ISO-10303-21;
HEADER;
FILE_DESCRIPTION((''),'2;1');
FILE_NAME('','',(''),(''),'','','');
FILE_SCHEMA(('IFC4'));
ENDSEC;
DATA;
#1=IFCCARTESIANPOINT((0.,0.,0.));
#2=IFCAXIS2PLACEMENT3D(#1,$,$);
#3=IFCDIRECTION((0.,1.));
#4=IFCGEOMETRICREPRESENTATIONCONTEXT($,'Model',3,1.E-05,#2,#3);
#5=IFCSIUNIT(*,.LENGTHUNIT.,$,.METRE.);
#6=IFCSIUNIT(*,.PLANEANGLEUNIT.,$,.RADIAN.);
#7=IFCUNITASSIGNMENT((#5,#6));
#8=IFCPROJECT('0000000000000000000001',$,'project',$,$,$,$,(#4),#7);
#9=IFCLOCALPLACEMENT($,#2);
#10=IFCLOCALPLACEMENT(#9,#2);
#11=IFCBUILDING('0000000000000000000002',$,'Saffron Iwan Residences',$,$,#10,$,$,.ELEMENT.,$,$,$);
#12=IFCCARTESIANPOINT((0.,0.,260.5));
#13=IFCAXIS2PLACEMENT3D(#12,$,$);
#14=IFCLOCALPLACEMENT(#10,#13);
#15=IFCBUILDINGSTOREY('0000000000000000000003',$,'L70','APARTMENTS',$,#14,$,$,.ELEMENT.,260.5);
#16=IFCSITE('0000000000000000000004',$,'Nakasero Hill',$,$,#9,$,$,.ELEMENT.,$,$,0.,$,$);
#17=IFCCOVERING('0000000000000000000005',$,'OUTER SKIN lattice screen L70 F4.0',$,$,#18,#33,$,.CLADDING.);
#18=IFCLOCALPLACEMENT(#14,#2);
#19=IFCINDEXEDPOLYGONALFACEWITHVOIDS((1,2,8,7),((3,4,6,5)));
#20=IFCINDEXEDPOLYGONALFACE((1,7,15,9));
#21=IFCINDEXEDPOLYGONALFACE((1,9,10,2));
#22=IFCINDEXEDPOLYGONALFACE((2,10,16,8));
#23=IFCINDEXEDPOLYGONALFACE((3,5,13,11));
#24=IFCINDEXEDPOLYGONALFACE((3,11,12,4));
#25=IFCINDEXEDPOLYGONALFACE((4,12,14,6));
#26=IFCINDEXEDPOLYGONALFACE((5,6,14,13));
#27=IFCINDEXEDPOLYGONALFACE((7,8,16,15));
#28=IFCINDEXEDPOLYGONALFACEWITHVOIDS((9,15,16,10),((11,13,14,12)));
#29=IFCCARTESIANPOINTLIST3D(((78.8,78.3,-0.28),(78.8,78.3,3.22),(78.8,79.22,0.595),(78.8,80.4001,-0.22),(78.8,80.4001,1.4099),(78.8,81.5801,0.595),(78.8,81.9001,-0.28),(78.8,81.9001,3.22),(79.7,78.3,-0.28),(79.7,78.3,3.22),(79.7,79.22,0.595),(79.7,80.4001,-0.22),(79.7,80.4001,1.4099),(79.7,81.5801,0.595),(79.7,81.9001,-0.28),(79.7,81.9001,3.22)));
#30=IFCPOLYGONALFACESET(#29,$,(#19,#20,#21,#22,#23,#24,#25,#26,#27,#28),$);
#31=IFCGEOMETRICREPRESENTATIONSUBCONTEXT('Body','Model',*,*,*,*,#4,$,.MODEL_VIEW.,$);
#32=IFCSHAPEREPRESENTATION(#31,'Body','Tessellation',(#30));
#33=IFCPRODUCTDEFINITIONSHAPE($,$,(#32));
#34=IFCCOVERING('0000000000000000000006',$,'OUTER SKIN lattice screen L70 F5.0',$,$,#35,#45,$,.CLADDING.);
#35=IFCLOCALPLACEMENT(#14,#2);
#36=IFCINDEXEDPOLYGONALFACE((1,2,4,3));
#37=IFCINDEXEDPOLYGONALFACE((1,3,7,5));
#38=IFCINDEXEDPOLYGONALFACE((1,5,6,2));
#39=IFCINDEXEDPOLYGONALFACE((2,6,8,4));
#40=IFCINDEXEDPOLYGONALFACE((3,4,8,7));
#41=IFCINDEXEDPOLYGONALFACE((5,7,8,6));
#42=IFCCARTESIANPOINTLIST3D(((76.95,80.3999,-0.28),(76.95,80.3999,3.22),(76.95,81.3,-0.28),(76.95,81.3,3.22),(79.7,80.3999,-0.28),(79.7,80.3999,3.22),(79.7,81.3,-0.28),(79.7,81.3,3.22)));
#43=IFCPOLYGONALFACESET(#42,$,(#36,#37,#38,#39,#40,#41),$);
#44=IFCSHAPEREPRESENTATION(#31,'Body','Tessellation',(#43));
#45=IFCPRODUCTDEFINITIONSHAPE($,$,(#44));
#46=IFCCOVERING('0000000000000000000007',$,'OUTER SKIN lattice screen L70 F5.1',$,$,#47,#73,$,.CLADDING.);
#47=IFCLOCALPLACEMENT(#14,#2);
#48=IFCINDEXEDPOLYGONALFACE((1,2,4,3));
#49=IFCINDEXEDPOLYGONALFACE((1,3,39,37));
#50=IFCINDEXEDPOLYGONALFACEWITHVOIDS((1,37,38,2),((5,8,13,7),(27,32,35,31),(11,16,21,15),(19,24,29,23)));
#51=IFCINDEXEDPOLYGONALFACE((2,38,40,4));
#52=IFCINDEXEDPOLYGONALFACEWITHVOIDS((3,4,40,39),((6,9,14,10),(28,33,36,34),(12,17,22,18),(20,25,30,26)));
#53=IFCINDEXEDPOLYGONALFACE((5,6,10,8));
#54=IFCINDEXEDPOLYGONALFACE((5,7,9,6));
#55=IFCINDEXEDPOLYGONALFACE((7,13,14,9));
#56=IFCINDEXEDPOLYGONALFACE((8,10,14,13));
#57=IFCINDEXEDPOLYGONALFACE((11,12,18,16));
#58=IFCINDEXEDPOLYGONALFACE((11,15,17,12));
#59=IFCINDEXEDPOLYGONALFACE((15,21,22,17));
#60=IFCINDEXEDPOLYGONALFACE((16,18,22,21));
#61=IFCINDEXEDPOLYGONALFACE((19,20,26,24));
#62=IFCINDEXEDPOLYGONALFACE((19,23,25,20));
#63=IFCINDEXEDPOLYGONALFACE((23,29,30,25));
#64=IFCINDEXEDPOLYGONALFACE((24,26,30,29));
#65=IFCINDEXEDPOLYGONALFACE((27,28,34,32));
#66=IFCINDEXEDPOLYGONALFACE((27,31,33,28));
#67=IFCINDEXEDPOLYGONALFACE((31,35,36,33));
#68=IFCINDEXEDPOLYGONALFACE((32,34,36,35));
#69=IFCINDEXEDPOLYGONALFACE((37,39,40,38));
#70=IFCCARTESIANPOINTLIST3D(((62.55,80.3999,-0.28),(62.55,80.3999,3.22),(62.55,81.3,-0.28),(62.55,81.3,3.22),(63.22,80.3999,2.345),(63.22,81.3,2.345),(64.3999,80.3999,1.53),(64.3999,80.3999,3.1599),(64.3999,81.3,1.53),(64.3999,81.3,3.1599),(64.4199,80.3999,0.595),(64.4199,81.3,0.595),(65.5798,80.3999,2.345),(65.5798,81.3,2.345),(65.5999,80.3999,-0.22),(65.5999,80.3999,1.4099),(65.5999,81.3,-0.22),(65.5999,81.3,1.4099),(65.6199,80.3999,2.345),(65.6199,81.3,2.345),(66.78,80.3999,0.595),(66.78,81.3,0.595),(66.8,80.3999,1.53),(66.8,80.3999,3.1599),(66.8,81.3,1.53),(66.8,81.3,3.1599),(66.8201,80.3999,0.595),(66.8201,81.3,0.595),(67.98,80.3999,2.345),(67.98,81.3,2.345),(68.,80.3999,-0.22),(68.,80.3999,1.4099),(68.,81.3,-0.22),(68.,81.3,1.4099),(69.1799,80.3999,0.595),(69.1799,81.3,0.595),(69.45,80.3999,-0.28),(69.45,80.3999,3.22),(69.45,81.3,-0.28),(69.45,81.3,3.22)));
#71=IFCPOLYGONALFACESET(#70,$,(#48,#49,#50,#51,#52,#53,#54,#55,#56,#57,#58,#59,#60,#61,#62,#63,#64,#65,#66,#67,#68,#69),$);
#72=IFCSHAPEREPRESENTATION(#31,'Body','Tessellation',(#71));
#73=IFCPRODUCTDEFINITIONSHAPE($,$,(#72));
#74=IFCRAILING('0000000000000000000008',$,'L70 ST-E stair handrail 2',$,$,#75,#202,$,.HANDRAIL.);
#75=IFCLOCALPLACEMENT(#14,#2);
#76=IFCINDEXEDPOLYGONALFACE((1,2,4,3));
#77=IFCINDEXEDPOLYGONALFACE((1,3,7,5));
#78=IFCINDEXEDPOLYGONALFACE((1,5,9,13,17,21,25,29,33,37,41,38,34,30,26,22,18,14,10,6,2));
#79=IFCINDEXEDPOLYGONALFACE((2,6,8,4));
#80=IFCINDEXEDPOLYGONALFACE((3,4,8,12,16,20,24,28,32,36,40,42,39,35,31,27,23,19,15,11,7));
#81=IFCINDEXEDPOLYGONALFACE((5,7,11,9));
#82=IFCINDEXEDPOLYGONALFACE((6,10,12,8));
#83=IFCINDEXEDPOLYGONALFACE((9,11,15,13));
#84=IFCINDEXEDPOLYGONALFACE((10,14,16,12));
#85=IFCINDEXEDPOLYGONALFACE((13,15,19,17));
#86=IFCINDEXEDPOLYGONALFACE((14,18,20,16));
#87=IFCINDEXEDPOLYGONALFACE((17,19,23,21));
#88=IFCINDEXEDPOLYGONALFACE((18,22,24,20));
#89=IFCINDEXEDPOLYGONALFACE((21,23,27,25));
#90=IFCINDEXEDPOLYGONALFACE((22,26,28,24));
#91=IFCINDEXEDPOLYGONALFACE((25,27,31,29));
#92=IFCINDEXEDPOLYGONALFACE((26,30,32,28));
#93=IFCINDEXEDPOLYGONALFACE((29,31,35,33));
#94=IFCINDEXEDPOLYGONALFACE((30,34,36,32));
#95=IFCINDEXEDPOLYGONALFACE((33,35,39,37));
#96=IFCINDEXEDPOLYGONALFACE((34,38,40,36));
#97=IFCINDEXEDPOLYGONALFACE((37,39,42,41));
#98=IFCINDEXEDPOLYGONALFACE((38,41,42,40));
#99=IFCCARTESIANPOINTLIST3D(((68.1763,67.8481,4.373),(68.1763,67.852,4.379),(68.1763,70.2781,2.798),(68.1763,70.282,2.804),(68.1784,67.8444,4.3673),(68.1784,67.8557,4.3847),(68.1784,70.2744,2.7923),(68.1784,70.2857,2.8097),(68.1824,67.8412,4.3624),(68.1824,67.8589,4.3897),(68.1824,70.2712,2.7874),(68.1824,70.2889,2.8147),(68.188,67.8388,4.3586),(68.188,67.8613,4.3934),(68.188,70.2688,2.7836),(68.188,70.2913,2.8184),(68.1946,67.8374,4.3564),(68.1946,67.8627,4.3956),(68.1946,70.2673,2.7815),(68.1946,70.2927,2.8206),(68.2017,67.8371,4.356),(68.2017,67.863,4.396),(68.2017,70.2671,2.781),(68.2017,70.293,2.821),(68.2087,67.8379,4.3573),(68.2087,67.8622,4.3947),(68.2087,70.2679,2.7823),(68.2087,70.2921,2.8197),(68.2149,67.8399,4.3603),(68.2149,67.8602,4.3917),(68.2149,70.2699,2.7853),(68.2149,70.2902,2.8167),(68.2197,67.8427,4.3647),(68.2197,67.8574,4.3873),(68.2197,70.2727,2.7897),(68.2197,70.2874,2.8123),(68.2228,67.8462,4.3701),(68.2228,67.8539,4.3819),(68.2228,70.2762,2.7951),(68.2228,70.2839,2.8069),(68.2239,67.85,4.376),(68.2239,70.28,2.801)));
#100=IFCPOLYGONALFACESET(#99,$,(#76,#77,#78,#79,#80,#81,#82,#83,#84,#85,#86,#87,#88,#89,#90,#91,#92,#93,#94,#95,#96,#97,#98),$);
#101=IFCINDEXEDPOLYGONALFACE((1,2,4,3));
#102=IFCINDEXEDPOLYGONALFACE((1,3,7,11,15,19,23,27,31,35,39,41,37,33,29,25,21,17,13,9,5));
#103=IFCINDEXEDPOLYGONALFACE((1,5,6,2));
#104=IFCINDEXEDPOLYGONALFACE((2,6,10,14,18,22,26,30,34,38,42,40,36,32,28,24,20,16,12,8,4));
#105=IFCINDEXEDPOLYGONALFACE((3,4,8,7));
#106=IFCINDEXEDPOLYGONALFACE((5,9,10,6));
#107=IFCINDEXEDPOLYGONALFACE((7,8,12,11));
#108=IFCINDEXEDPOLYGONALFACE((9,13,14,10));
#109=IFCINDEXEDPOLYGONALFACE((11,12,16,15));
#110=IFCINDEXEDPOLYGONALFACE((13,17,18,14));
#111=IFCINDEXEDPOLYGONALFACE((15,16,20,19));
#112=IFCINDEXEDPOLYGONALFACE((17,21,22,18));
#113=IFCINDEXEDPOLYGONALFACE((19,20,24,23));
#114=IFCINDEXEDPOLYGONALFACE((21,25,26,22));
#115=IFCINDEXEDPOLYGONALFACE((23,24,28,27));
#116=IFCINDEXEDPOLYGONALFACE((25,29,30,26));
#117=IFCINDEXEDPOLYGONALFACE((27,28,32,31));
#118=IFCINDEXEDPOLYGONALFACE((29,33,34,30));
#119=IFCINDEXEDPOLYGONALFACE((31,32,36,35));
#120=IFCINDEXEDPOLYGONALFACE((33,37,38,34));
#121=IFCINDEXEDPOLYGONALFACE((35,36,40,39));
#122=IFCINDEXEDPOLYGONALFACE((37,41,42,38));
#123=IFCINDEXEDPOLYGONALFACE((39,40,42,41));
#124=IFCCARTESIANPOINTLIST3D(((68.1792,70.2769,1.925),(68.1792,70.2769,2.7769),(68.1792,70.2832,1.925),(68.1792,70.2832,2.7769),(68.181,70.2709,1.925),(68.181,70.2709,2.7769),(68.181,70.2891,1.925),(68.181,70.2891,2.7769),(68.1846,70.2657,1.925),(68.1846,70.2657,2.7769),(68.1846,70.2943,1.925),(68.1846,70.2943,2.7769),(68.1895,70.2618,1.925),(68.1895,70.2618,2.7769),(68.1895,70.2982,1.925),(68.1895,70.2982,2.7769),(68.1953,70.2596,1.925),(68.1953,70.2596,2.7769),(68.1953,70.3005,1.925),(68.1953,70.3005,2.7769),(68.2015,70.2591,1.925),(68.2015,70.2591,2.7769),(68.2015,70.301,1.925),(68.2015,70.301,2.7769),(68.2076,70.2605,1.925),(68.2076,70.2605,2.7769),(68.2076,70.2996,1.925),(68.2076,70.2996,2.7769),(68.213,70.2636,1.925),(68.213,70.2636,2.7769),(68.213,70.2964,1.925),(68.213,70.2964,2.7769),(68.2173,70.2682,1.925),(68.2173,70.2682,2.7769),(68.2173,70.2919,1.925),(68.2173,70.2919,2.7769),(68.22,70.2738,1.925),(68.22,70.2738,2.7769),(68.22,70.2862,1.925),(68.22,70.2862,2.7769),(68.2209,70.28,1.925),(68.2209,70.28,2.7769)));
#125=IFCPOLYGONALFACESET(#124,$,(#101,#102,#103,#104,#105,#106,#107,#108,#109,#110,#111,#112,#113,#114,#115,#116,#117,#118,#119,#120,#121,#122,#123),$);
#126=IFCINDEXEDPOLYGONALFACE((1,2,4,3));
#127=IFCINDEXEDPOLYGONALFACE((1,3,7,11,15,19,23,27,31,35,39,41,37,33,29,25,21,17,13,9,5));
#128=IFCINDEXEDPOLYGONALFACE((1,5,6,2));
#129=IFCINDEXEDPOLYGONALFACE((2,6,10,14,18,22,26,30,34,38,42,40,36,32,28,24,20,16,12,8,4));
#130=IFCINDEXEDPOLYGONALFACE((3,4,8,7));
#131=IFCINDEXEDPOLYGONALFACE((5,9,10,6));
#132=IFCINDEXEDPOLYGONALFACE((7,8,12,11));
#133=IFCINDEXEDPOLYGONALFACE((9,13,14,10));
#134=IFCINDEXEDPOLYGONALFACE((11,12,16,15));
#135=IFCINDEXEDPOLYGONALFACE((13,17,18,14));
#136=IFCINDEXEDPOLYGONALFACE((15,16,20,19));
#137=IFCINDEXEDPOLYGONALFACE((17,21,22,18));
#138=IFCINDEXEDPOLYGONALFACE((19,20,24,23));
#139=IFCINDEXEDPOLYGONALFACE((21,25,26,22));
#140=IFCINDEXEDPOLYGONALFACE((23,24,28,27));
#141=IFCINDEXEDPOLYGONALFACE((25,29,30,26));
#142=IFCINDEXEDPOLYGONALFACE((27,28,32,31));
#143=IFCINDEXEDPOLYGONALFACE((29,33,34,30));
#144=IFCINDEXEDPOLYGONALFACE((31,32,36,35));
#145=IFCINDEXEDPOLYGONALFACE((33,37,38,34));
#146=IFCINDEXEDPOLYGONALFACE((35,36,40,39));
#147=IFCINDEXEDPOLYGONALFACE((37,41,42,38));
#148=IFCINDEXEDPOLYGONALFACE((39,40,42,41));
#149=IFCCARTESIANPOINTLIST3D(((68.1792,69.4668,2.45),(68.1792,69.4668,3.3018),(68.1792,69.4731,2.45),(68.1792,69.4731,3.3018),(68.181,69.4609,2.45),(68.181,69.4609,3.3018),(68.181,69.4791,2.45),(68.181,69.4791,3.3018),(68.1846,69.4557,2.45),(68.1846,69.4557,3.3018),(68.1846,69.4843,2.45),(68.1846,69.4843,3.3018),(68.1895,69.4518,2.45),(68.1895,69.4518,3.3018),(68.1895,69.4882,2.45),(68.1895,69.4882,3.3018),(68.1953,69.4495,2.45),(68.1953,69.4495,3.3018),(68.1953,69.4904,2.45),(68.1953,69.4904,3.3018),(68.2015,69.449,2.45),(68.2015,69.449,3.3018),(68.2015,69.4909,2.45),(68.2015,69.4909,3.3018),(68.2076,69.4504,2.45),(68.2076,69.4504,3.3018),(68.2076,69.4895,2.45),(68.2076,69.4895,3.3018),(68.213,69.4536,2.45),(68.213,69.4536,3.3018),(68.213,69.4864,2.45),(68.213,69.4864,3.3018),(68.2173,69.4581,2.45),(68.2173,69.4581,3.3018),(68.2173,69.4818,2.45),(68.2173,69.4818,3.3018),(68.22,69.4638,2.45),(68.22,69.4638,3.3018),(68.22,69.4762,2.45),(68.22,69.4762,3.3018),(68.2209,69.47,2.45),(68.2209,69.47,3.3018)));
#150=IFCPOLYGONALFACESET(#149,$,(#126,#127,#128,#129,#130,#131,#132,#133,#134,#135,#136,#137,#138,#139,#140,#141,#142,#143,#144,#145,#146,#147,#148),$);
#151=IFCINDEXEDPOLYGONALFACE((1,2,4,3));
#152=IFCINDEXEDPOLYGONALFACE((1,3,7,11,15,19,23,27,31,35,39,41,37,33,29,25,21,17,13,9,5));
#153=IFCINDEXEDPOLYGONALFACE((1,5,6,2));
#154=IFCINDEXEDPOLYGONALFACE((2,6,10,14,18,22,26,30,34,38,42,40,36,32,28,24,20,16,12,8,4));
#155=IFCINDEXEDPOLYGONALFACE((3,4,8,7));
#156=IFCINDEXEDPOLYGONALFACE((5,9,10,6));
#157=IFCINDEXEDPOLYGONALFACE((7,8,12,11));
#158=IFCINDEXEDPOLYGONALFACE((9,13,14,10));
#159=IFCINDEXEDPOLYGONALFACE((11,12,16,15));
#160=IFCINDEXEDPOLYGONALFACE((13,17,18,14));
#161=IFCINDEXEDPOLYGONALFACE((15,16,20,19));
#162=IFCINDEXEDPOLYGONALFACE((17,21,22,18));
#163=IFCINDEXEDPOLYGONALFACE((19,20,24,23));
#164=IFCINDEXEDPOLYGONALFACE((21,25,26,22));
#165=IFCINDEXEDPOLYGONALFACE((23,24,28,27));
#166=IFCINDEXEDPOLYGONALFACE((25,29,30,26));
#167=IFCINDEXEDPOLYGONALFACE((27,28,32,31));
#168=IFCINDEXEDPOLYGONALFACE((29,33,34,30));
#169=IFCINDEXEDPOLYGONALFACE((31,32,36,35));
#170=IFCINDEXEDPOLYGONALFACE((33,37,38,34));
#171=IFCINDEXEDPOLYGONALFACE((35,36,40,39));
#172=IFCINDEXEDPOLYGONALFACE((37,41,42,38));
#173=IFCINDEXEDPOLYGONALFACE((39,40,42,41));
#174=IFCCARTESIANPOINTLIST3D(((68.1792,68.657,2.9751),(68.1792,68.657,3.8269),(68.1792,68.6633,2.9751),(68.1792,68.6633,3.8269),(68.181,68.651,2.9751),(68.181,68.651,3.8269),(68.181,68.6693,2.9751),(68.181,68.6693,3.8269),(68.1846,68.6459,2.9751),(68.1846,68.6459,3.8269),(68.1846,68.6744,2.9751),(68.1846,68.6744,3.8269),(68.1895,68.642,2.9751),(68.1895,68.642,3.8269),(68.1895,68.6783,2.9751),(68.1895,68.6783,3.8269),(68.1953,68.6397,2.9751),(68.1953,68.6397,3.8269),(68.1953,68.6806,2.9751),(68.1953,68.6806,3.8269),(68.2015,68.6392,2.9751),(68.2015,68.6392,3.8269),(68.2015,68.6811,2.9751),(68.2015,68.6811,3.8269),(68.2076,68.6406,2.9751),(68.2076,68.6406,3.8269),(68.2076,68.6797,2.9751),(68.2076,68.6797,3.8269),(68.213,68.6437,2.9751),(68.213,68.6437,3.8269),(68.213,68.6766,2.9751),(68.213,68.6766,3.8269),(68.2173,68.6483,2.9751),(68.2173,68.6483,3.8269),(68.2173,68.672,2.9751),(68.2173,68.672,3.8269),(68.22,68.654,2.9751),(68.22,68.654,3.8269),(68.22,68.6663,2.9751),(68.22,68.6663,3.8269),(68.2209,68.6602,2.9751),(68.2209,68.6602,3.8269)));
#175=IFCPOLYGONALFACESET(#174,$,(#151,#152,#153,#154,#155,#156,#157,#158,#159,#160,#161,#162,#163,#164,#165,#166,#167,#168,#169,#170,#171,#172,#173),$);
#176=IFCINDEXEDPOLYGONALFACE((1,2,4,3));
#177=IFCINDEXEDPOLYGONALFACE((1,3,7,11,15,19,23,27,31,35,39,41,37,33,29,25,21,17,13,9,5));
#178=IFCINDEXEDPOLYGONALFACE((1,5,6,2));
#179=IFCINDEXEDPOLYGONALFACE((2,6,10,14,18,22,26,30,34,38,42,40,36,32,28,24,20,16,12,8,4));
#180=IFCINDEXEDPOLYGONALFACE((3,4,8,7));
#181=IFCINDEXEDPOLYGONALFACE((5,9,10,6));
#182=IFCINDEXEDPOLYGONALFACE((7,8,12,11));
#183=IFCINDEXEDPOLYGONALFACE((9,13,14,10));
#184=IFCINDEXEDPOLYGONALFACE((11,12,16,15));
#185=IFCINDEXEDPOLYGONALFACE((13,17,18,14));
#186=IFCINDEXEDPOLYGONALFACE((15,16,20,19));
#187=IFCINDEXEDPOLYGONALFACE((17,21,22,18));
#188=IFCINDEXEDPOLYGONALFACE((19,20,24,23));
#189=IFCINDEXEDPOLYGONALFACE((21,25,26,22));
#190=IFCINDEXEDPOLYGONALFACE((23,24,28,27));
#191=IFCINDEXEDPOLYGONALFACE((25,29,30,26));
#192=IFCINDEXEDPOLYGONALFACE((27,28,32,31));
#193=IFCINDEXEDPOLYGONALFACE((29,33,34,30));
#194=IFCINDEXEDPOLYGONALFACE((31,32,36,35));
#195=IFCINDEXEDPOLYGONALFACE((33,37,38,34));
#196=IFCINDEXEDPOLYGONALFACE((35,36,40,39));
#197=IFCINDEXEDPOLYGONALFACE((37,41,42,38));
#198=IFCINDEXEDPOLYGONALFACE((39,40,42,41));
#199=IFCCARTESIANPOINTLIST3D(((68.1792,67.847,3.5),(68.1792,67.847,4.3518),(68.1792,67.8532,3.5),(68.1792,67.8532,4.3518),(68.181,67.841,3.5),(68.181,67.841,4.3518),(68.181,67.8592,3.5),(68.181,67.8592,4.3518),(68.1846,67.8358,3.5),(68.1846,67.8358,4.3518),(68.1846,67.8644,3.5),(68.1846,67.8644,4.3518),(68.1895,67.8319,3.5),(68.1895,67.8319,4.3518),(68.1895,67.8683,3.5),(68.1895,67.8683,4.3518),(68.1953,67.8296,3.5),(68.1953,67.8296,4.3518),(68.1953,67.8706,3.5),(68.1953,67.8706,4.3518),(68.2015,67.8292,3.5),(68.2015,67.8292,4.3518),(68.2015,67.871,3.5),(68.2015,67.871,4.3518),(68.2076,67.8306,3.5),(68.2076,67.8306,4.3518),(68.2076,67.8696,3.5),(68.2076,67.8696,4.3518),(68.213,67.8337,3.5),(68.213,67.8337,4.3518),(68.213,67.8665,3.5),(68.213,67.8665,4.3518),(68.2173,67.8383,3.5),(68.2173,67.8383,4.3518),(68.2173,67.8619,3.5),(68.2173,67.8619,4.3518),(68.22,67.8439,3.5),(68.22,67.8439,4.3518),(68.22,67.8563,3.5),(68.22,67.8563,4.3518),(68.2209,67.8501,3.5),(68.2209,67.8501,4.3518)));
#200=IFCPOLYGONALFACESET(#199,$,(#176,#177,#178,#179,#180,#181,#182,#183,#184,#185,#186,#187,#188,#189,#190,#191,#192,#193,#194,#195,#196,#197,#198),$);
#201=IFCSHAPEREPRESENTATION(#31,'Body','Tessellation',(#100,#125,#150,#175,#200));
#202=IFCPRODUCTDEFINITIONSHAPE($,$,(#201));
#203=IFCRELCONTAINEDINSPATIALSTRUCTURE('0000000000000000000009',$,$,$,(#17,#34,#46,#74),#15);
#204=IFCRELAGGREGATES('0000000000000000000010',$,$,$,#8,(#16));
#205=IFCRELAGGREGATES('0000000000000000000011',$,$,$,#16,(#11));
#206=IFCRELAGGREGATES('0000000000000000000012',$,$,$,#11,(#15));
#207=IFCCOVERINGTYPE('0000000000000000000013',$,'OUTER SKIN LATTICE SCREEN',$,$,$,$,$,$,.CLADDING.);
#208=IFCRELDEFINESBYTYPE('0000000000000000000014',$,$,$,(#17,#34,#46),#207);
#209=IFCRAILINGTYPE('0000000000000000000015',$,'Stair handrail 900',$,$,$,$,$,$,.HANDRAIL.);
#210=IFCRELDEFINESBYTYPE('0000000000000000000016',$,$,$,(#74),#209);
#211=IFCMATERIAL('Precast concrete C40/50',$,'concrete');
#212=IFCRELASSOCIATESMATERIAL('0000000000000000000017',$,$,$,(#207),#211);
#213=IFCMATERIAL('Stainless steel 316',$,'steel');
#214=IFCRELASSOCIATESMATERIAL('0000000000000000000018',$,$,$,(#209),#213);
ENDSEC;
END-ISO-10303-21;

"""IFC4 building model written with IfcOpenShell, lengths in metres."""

from ifc_helpers import new_model, si_unit, direction, frame, origin, origin_2d, place, context, subcontext, project, spatial, polyline, circle, outline, extrude, material, type_object, element, save


model = new_model("IFC4")

# Units and contexts
model_context = context("Model", 3, precision=1e-05, world=origin(), true_north=direction((0.0, 1.0)))
body_context = subcontext(model_context, "Body", "Model", "MODEL_VIEW")
ifc_project = project(units=[si_unit("LENGTHUNIT", "METRE"), si_unit("PLANEANGLEUNIT", "RADIAN")], contexts=[model_context])

# Site, building, storey
site_placement = place(None, origin())
site = spatial("IfcSite", under=ifc_project, at=site_placement, Name="Nakasero Hill", CompositionType="ELEMENT", RefElevation=0.0)
building_placement = place(site_placement, origin())
building = spatial("IfcBuilding", under=site, at=building_placement, Name="Saffron Iwan Residences", CompositionType="ELEMENT")
storey_placement = place(building_placement, frame((0.0, 0.0, 260.5)))
storey = spatial("IfcBuildingStorey", under=building, at=storey_placement, Name="L70", Description="APARTMENTS", CompositionType="ELEMENT", Elevation=260.5)

# Shared definitions
ifc_material_1 = material(Name="Stainless steel 316", Category="steel")

# Coverings
ifc_material_2 = material(Name="Precast concrete C40/50", Category="concrete")
covering_type = type_object("IfcCoveringType", Name="OUTER SKIN LATTICE SCREEN", PredefinedType="CLADDING", material=ifc_material_2)
for number, where, z_axis, x_axis, name in (
    (1, (78.8, 78.3, -0.28), (1.0, 0.0, 0.0), (0.0, 1.0, 0.0), "OUTER SKIN lattice screen L70 F4.0"),
):
    element("IfcCovering", number, at=place(storey_placement, frame(where, z_axis=z_axis, x_axis=x_axis)), inside=storey, type_object=covering_type, Name=name, PredefinedType="CLADDING", context=body_context, shape_type="SweptSolid", body=[
        extrude(outline(polyline([(0.0, 0.0), (3.6001, 0.0), (3.6001, 3.5), (0.0, 3.5), (0.0, 0.0)]), holes=[polyline([(0.9199, 0.875), (2.1001, 0.0601), (3.28, 0.875), (2.1001, 1.6899), (0.9199, 0.875)])]), origin(), (0.0, 0.0, 1.0), 0.8999),
    ])
covering_1_placement = place(storey_placement, frame((79.7, 80.3999, -0.28), z_axis=(0.0, 1.0, 0.0), x_axis=(-1.0, 0.0, 0.0)))
element("IfcCovering", 2, at=covering_1_placement, inside=storey, type_object=covering_type, Name="OUTER SKIN lattice screen L70 F5.0", PredefinedType="CLADDING", context=body_context, shape_type="SweptSolid", body=[
    extrude(outline(polyline([(0.0, 0.0), (2.75, 0.0), (2.75, 3.5), (0.0, 3.5), (0.0, 0.0)])), origin(), (0.0, 0.0, 1.0), 0.9001),
])
covering_2_placement = place(storey_placement, frame((69.45, 80.3999, -0.28), z_axis=(0.0, 1.0, 0.0), x_axis=(-1.0, 0.0, 0.0)))
element("IfcCovering", 3, at=covering_2_placement, inside=storey, type_object=covering_type, Name="OUTER SKIN lattice screen L70 F5.1", PredefinedType="CLADDING", context=body_context, shape_type="SweptSolid", body=[
    extrude(outline(polyline([(0.0, 0.0), (6.8999, 0.0), (6.8999, 3.5), (0.0, 3.5), (0.0, 0.0)]), holes=[polyline([(0.27, 0.875), (1.45, 0.0601), (2.6299, 0.875), (1.45, 1.6899), (0.27, 0.875)]), polyline([(2.6699, 0.875), (3.8501, 0.0601), (5.03, 0.875), (3.8501, 1.6899), (2.6699, 0.875)]), polyline([(1.47, 2.625), (2.6499, 1.8101), (3.8301, 2.625), (2.6499, 3.4399), (1.47, 2.625)]), polyline([(3.8701, 2.625), (5.05, 1.8101), (6.23, 2.625), (5.05, 3.4399), (3.8701, 2.625)])]), origin(), (0.0, 0.0, 1.0), 0.9001),
])

# Railing
railing_type_1 = type_object("IfcRailingType", Name="Stair handrail 900", PredefinedType="HANDRAIL", material=ifc_material_1)
railing_1_placement = place(storey_placement, frame((68.2, 70.28, 1.925)))
element("IfcRailing", 4, at=railing_1_placement, inside=storey, type_object=railing_type_1, Name="L70 ST-E stair handrail 2", PredefinedType="HANDRAIL", context=body_context, shape_type="SweptSolid", body=[
    extrude(circle(Radius=0.0239, at=origin_2d()), frame((0.0, 0.0, 0.876), z_axis=(0.0, -0.839154, 0.543894), x_axis=(1.0, 0.0, 0.0)), (0.0, 0.0, 1.0), 2.8958),
    extrude(circle(Radius=0.021, at=origin_2d()), origin(), (0.0, 0.0, 1.0), 0.8518),
    extrude(circle(Radius=0.021, at=origin_2d()), frame((0.0, -0.8101, 0.5249)), (0.0, 0.0, 1.0), 0.8518),
    extrude(circle(Radius=0.021, at=origin_2d()), frame((0.0, -1.6199, 1.05)), (0.0, 0.0, 1.0), 0.8518),
    extrude(circle(Radius=0.021, at=origin_2d()), frame((0.0, -2.4299, 1.575)), (0.0, 0.0, 1.0), 0.8518),
])

save(model, "model.ifc")
